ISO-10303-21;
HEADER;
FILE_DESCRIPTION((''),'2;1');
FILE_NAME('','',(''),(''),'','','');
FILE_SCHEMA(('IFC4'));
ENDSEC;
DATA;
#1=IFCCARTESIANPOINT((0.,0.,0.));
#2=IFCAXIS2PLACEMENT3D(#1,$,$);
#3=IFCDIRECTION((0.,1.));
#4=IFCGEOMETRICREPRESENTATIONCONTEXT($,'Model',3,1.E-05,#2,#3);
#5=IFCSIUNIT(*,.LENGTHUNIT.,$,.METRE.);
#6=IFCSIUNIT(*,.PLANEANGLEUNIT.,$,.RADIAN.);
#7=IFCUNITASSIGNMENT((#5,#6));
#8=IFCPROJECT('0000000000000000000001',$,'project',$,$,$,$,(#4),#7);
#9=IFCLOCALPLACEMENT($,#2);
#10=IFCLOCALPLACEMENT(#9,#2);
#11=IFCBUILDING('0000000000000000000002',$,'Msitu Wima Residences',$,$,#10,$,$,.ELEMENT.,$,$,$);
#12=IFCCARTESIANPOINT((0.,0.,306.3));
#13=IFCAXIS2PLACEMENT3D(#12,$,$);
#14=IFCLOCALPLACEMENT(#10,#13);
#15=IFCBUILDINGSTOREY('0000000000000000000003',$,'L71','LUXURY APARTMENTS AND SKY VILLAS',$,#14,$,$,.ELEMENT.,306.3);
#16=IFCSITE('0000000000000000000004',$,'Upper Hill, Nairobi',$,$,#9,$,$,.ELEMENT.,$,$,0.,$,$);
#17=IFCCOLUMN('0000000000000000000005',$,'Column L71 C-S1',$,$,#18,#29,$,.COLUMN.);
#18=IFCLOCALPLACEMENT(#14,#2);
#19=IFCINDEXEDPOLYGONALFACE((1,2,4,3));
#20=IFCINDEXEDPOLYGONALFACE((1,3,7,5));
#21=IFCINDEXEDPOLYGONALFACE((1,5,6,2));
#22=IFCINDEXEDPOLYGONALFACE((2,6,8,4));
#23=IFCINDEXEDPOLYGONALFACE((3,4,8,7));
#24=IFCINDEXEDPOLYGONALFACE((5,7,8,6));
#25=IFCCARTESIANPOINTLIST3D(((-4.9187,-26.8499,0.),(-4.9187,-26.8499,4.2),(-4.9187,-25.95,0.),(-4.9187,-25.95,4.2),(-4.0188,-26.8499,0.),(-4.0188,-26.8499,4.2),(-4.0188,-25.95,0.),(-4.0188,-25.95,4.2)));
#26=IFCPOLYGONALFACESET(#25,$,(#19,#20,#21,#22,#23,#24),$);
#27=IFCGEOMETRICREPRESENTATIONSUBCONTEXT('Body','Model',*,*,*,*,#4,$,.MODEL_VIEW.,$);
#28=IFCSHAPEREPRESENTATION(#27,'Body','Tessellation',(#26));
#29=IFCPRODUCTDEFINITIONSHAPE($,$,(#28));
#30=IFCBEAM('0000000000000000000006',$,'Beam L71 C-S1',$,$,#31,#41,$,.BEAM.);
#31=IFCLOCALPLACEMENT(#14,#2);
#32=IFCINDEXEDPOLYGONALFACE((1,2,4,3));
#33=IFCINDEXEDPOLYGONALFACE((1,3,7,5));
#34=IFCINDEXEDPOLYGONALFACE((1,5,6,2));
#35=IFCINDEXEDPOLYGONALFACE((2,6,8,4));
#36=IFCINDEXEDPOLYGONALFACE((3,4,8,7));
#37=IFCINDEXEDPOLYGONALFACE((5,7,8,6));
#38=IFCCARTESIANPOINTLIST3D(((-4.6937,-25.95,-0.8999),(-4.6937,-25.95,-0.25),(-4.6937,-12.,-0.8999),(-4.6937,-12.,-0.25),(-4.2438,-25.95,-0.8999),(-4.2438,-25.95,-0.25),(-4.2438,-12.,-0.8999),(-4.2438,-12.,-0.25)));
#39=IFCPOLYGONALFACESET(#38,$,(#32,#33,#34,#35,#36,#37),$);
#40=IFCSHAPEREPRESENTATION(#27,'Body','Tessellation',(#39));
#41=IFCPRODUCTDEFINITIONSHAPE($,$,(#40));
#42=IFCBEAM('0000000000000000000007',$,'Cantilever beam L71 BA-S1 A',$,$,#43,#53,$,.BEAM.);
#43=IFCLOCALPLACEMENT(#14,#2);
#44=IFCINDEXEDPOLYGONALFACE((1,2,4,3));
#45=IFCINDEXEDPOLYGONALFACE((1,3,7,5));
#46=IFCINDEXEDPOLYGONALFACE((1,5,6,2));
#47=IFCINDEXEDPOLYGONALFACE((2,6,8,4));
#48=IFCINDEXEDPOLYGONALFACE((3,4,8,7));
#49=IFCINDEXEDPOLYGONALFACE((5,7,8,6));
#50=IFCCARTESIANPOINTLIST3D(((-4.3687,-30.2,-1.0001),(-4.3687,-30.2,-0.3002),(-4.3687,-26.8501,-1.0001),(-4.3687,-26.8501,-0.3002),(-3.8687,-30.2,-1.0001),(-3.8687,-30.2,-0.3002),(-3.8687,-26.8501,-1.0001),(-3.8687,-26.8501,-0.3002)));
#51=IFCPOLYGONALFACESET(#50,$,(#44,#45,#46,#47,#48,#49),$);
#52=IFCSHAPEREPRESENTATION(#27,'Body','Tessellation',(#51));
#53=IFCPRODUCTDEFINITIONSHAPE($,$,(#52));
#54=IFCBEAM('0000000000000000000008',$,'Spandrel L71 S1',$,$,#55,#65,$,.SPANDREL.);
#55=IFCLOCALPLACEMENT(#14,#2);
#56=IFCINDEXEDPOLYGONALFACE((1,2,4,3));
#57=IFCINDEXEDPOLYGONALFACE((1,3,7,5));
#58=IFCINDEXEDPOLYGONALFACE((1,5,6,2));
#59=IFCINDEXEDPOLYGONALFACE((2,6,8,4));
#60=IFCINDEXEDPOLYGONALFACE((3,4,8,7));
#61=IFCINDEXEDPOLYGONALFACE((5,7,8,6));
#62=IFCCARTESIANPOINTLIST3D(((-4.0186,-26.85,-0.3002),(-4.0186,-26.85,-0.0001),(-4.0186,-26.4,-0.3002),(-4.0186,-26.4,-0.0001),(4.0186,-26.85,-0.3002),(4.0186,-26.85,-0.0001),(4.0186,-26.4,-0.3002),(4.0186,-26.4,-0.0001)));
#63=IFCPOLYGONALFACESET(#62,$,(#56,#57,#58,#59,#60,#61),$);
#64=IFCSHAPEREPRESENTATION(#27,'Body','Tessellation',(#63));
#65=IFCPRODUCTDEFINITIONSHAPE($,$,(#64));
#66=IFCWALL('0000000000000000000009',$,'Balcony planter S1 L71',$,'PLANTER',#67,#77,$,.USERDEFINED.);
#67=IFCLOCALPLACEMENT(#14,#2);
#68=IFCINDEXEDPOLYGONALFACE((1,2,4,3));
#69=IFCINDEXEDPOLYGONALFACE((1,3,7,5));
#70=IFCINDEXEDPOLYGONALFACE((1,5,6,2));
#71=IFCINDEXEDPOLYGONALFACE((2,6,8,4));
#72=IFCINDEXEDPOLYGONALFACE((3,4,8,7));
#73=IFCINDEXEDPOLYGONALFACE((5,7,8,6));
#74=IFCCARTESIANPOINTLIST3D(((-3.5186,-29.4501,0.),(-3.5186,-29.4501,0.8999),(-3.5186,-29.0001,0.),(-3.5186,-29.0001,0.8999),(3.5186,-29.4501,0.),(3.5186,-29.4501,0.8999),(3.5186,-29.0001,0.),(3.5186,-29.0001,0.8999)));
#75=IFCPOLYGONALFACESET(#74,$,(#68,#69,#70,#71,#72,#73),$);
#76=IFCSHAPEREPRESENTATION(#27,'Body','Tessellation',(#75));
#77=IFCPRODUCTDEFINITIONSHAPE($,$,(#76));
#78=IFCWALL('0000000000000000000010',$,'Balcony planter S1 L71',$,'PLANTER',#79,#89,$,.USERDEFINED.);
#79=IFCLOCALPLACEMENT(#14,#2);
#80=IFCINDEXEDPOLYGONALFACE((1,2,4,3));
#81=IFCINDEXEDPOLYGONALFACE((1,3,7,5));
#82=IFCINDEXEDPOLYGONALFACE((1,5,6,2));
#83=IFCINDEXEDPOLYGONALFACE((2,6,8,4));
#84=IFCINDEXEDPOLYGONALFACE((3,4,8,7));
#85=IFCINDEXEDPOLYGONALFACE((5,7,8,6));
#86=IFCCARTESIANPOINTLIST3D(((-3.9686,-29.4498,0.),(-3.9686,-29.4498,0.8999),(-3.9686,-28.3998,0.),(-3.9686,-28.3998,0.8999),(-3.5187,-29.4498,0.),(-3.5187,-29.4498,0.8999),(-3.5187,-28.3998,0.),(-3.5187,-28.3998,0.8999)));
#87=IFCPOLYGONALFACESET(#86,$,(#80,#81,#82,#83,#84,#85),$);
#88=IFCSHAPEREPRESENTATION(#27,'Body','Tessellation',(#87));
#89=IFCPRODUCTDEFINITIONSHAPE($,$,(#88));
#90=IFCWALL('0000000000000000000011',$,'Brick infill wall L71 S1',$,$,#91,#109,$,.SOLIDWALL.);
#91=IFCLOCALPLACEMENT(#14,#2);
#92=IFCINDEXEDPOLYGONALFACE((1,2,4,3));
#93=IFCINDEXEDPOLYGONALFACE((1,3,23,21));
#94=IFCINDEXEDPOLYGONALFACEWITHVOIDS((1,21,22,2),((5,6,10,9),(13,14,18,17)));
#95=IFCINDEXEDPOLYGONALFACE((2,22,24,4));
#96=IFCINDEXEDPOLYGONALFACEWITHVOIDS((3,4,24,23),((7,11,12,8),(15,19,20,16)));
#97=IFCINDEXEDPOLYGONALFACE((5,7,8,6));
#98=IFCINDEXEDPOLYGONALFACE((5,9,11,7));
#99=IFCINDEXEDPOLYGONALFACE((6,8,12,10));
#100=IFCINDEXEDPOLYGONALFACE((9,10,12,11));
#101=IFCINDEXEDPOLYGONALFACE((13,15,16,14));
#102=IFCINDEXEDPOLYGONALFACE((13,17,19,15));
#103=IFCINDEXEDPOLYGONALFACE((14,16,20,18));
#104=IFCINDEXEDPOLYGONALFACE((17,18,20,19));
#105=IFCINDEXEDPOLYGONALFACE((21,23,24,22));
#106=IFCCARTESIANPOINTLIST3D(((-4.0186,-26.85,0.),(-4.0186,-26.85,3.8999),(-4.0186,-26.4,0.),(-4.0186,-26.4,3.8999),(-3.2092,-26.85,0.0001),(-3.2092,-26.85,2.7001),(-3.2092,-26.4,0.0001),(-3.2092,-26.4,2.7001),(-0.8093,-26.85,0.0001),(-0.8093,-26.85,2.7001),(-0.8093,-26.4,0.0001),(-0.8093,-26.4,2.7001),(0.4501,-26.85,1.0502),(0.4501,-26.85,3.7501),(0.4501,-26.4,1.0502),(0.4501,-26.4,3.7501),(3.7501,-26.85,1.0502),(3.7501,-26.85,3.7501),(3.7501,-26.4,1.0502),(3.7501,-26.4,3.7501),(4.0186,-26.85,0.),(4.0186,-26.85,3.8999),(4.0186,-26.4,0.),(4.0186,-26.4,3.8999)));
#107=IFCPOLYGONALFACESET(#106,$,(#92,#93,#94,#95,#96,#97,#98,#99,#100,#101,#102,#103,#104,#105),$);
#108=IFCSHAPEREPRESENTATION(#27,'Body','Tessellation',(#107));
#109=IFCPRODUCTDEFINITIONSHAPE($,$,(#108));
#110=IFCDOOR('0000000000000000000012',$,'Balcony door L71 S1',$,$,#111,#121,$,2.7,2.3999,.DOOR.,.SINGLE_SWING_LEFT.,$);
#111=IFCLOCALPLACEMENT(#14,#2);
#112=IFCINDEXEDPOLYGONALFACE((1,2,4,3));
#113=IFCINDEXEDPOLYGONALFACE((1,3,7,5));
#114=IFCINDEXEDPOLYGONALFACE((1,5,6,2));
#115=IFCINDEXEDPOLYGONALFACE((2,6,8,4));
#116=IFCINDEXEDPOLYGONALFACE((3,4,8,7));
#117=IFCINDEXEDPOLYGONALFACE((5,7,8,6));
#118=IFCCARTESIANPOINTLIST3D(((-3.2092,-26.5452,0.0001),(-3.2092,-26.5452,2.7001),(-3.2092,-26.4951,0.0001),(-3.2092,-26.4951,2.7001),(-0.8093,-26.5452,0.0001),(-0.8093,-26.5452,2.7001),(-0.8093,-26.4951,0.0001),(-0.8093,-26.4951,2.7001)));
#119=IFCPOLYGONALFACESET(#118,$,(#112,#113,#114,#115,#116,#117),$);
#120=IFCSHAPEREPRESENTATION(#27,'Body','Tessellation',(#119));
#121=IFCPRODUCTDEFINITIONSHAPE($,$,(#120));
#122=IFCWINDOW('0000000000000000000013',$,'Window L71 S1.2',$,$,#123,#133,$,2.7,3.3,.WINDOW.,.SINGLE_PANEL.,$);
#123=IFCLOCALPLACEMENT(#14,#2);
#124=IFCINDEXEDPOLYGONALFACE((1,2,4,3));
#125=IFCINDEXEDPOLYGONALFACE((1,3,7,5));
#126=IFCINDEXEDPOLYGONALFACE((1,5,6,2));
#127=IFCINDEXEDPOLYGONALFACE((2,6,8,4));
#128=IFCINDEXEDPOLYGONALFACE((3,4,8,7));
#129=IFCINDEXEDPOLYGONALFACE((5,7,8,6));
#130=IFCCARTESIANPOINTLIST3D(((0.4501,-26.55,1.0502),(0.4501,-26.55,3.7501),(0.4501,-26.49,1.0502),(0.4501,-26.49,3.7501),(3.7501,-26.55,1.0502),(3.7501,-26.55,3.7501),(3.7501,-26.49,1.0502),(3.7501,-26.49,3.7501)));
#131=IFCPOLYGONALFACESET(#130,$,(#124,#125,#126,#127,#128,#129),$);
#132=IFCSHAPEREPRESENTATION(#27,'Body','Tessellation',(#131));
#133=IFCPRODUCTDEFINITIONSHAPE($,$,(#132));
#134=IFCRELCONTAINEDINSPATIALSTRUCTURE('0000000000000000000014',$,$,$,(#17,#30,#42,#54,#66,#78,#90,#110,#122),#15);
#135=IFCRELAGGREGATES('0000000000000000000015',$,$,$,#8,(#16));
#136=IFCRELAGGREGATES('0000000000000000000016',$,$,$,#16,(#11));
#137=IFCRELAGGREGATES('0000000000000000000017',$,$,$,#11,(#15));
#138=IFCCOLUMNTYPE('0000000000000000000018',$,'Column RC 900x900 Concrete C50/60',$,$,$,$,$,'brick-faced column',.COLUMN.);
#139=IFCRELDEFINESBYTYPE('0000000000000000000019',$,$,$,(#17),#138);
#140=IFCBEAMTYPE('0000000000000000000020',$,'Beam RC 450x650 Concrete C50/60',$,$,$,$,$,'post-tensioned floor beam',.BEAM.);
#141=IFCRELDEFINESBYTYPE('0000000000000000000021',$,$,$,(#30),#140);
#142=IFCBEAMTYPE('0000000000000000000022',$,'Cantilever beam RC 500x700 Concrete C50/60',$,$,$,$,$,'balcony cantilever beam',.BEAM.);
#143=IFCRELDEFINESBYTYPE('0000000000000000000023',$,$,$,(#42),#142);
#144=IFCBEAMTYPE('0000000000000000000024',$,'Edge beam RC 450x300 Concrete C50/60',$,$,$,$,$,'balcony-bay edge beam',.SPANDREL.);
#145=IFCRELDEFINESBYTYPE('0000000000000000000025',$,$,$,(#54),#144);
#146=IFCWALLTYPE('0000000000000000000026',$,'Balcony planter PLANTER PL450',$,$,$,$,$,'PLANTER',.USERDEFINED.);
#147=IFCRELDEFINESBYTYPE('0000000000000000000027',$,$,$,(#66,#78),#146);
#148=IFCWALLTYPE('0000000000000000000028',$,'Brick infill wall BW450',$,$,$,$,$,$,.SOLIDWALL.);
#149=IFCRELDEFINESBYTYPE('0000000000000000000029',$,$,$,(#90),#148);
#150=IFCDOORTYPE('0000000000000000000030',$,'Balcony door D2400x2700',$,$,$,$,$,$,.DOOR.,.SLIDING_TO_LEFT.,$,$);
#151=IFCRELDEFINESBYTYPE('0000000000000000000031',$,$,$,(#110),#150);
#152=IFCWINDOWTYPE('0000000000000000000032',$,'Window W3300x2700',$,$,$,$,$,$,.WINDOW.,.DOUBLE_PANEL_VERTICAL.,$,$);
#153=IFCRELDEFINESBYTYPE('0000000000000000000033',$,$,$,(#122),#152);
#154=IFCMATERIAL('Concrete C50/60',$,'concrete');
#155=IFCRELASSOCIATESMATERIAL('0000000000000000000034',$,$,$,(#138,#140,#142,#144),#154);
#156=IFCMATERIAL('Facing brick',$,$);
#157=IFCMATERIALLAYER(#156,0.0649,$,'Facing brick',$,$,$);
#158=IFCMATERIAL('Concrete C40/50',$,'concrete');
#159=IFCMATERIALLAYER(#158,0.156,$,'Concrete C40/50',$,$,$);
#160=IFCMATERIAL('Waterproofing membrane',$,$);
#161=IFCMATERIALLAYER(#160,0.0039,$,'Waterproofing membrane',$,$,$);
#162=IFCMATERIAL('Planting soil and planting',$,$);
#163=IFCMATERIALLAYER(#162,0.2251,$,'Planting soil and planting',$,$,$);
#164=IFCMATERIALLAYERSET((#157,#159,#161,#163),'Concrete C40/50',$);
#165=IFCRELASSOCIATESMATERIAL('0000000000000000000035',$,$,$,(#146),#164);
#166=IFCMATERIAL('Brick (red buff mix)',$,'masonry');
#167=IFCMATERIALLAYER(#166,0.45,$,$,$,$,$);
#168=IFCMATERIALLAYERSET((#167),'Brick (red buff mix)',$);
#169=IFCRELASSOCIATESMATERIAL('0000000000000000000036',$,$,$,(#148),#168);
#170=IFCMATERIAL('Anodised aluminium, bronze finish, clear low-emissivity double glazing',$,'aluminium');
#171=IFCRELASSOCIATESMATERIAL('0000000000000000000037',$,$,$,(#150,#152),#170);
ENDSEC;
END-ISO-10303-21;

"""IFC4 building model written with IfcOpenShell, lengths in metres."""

from ifc_helpers import new_model, si_unit, direction, frame, frame_2d, origin, origin_2d, place, context, subcontext, project, spatial, rectangle, extrude, material, layer, layer_set, material_profile, profile_set, type_object, element, fill, save


model = new_model("IFC4")

# Units and contexts
model_context = context("Model", 3, precision=1e-05, world=origin(), true_north=direction((0.0, 1.0)))
body_context = subcontext(model_context, "Body", "Model", "MODEL_VIEW")
ifc_project = project(units=[si_unit("LENGTHUNIT", "METRE"), si_unit("PLANEANGLEUNIT", "RADIAN")], contexts=[model_context])

# Site, building, storey
site_placement = place(None, origin())
site = spatial("IfcSite", under=ifc_project, at=site_placement, Name="Upper Hill, Nairobi", CompositionType="ELEMENT", RefElevation=0.0)
building_placement = place(site_placement, origin())
building = spatial("IfcBuilding", under=site, at=building_placement, Name="Msitu Wima Residences", CompositionType="ELEMENT")
storey_placement = place(building_placement, frame((0.0, 0.0, 306.3)))
storey = spatial("IfcBuildingStorey", under=building, at=storey_placement, Name="L71", Description="LUXURY APARTMENTS AND SKY VILLAS", CompositionType="ELEMENT", Elevation=306.3)

# Column
ifc_material_1 = material(Name="Concrete C50/60", Category="concrete")
ifc_material_profile_1 = material_profile(ifc_material_1, rectangle(XDim=0.8999, YDim=0.8999, at=origin_2d()), Name="RC 900x900")
ifc_profile_set_1 = profile_set([ifc_material_profile_1], Name="Concrete C50/60")
column_type = type_object("IfcColumnType", Name="Column RC 900x900 Concrete C50/60", ElementType="brick-faced column", PredefinedType="COLUMN", material=ifc_profile_set_1)
column_placement = place(storey_placement, frame((-4.4688, -26.3999, 0.0), z_axis=(0.0, 0.0, 1.0), x_axis=(1.0, 0.0, 0.0)))
element("IfcColumn", 1, at=column_placement, inside=storey, type_object=column_type, Name="Column L71 C-S1", PredefinedType="COLUMN", context=body_context, shape_type="SweptSolid", body=[
    extrude(rectangle(XDim=0.8999, YDim=0.8999, at=origin_2d()), origin(), (0.0, 0.0, 1.0), 4.2),
])

# Beams
ifc_material_profile_2 = material_profile(ifc_material_1, rectangle(XDim=0.45, YDim=0.6499, at=origin_2d()), Name="RC 450x650")
ifc_profile_set_2 = profile_set([ifc_material_profile_2], Name="Concrete C50/60")
beam_type_1 = type_object("IfcBeamType", Name="Beam RC 450x650 Concrete C50/60", ElementType="post-tensioned floor beam", PredefinedType="BEAM", material=ifc_profile_set_2)
beam_1_placement = place(storey_placement, frame((-4.4688, -25.95, -0.575), z_axis=(0.0, 1.0, 0.0), x_axis=(-1.0, 0.0, 0.0)))
element("IfcBeam", 2, at=beam_1_placement, inside=storey, type_object=beam_type_1, Name="Beam L71 C-S1", PredefinedType="BEAM", context=body_context, shape_type="SweptSolid", body=[
    extrude(rectangle(XDim=0.45, YDim=0.6499, at=origin_2d()), origin(), (0.0, 0.0, 1.0), 13.95),
])
ifc_material_profile_3 = material_profile(ifc_material_1, rectangle(XDim=0.5, YDim=0.7, at=origin_2d()), Name="RC 500x700")
ifc_profile_set_3 = profile_set([ifc_material_profile_3], Name="Concrete C50/60")
beam_type_2 = type_object("IfcBeamType", Name="Cantilever beam RC 500x700 Concrete C50/60", ElementType="balcony cantilever beam", PredefinedType="BEAM", material=ifc_profile_set_3)
beam_2_placement = place(storey_placement, frame((-4.1187, -26.8501, -0.6501), z_axis=(0.0, -1.0, 0.0), x_axis=(1.0, 0.0, 0.0)))
element("IfcBeam", 3, at=beam_2_placement, inside=storey, type_object=beam_type_2, Name="Cantilever beam L71 BA-S1 A", PredefinedType="BEAM", context=body_context, shape_type="SweptSolid", body=[
    extrude(rectangle(XDim=0.5, YDim=0.7, at=origin_2d()), origin(), (0.0, 0.0, 1.0), 3.3499),
])
ifc_material_profile_4 = material_profile(ifc_material_1, rectangle(XDim=0.45, YDim=0.3, at=origin_2d()), Name="RC 450x300")
ifc_profile_set_4 = profile_set([ifc_material_profile_4], Name="Concrete C50/60")
beam_type_3 = type_object("IfcBeamType", Name="Edge beam RC 450x300 Concrete C50/60", ElementType="balcony-bay edge beam", PredefinedType="SPANDREL", material=ifc_profile_set_4)
beam_3_placement = place(storey_placement, frame((-4.0186, -26.625, -0.1501), z_axis=(1.0, 0.0, 0.0), x_axis=(0.0, 1.0, 0.0)))
element("IfcBeam", 4, at=beam_3_placement, inside=storey, type_object=beam_type_3, Name="Spandrel L71 S1", PredefinedType="SPANDREL", context=body_context, shape_type="SweptSolid", body=[
    extrude(rectangle(XDim=0.45, YDim=0.3, at=origin_2d()), origin(), (0.0, 0.0, 1.0), 8.0371),
])

# Walls
ifc_material_2 = material(Name="Facing brick")
ifc_layer_1 = layer(ifc_material_2, 0.0649, Name="Facing brick")
ifc_material_3 = material(Name="Concrete C40/50", Category="concrete")
ifc_layer_2 = layer(ifc_material_3, 0.156, Name="Concrete C40/50")
ifc_material_4 = material(Name="Waterproofing membrane")
ifc_layer_3 = layer(ifc_material_4, 0.0039, Name="Waterproofing membrane")
ifc_material_5 = material(Name="Planting soil and planting")
ifc_layer_4 = layer(ifc_material_5, 0.2251, Name="Planting soil and planting")
ifc_layer_set_1 = layer_set([ifc_layer_1, ifc_layer_2, ifc_layer_3, ifc_layer_4], Name="Concrete C40/50")
wall_type_1 = type_object("IfcWallType", Name="Balcony planter PLANTER PL450", ElementType="PLANTER", PredefinedType="USERDEFINED", material=ifc_layer_set_1)
wall_1_placement = place(storey_placement, frame((-3.5186, -29.2251, 0.0), z_axis=(0.0, 0.0, 1.0), x_axis=(1.0, 0.0, 0.0)))
element("IfcWall", 5, at=wall_1_placement, inside=storey, type_object=wall_type_1, Name="Balcony planter S1 L71", ObjectType="PLANTER", PredefinedType="USERDEFINED", context=body_context, shape_type="SweptSolid", body=[
    extrude(rectangle(XDim=7.0371, YDim=0.45, at=frame_2d((3.5186, 0.0))), origin(), (0.0, 0.0, 1.0), 0.8999),
])
wall_2_placement = place(storey_placement, frame((-3.7437, -28.3999, 0.0), z_axis=(0.0, 0.0, 1.0), x_axis=(0.0, -1.0, 0.0)))
element("IfcWall", 6, at=wall_2_placement, inside=storey, type_object=wall_type_1, Name="Balcony planter S1 L71", ObjectType="PLANTER", PredefinedType="USERDEFINED", context=body_context, shape_type="SweptSolid", body=[
    extrude(rectangle(XDim=1.05, YDim=0.45, at=frame_2d((0.5249, 0.0))), origin(), (0.0, 0.0, 1.0), 0.8999),
])

# Wall, openings, door, window
ifc_material_6 = material(Name="Brick (red buff mix)", Category="masonry")
ifc_layer_5 = layer(ifc_material_6, 0.45)
ifc_layer_set_2 = layer_set([ifc_layer_5], Name="Brick (red buff mix)")
wall_type_2 = type_object("IfcWallType", Name="Brick infill wall BW450", PredefinedType="SOLIDWALL", material=ifc_layer_set_2)
wall_3_placement = place(storey_placement, frame((-4.0186, -26.625, 0.0), z_axis=(0.0, 0.0, 1.0), x_axis=(1.0, 0.0, 0.0)))
wall_3 = element("IfcWall", 7, at=wall_3_placement, inside=storey, type_object=wall_type_2, Name="Brick infill wall L71 S1", PredefinedType="SOLIDWALL", context=body_context, shape_type="SweptSolid", body=[
    extrude(rectangle(XDim=8.0371, YDim=0.45, at=frame_2d((4.0186, 0.0))), origin(), (0.0, 0.0, 1.0), 3.8999),
])
opening_1_placement = place(wall_3_placement, frame((0.8093, 0.0, 0.0)))
opening_1 = element("IfcOpeningElement", 8, at=opening_1_placement, cuts=wall_3, PredefinedType="OPENING", context=body_context, shape_type="SweptSolid", body=[
    extrude(rectangle(XDim=2.3999, YDim=2.7, at=frame_2d((1.2, 1.3501))), frame((0.0, 0.2349, 0.0), z_axis=(0.0, -1.0, 0.0), x_axis=(1.0, 0.0, 0.0)), (0.0, 0.0, 1.0), 0.47),
])
opening_2_placement = place(wall_3_placement, frame((4.4688, 0.0, 1.05)))
opening_2 = element("IfcOpeningElement", 9, at=opening_2_placement, cuts=wall_3, PredefinedType="OPENING", context=body_context, shape_type="SweptSolid", body=[
    extrude(rectangle(XDim=3.3, YDim=2.7, at=frame_2d((1.6499, 1.3501))), frame((0.0, 0.2349, 0.0), z_axis=(0.0, -1.0, 0.0), x_axis=(1.0, 0.0, 0.0)), (0.0, 0.0, 1.0), 0.47),
])
ifc_material_7 = material(Name="Anodised aluminium, bronze finish, clear low-emissivity double glazing", Category="aluminium")
door_type_1 = type_object("IfcDoorType", Name="Balcony door D2400x2700", OperationType="SLIDING_TO_LEFT", PredefinedType="DOOR", material=ifc_material_7)
door_1_placement = place(opening_1_placement, origin())
door_1 = element("IfcDoor", 10, at=door_1_placement, inside=storey, type_object=door_type_1, Name="Balcony door L71 S1", OperationType="SINGLE_SWING_LEFT", OverallHeight=2.7, OverallWidth=2.3999, PredefinedType="DOOR", context=body_context, shape_type="SweptSolid", body=[
    extrude(rectangle(XDim=2.3999, YDim=2.7, at=frame_2d((1.2, 1.3501))), frame((0.0, 0.1299, 0.0), z_axis=(0.0, -1.0, 0.0), x_axis=(1.0, 0.0, 0.0)), (0.0, 0.0, 1.0), 0.05),
])
fill(opening_1, door_1)
window_type = type_object("IfcWindowType", Name="Window W3300x2700", PartitioningType="DOUBLE_PANEL_VERTICAL", PredefinedType="WINDOW", material=ifc_material_7)
window_placement = place(opening_2_placement, origin())
window = element("IfcWindow", 11, at=window_placement, inside=storey, type_object=window_type, Name="Window L71 S1.2", OverallHeight=2.7, OverallWidth=3.3, PartitioningType="SINGLE_PANEL", PredefinedType="WINDOW", context=body_context, shape_type="SweptSolid", body=[
    extrude(rectangle(XDim=3.3, YDim=2.7, at=frame_2d((1.6499, 1.3501))), frame((0.0, 0.135, 0.0), z_axis=(0.0, -1.0, 0.0), x_axis=(1.0, 0.0, 0.0)), (0.0, 0.0, 1.0), 0.0601),
])
fill(opening_2, window)

save(model, "model.ifc")
